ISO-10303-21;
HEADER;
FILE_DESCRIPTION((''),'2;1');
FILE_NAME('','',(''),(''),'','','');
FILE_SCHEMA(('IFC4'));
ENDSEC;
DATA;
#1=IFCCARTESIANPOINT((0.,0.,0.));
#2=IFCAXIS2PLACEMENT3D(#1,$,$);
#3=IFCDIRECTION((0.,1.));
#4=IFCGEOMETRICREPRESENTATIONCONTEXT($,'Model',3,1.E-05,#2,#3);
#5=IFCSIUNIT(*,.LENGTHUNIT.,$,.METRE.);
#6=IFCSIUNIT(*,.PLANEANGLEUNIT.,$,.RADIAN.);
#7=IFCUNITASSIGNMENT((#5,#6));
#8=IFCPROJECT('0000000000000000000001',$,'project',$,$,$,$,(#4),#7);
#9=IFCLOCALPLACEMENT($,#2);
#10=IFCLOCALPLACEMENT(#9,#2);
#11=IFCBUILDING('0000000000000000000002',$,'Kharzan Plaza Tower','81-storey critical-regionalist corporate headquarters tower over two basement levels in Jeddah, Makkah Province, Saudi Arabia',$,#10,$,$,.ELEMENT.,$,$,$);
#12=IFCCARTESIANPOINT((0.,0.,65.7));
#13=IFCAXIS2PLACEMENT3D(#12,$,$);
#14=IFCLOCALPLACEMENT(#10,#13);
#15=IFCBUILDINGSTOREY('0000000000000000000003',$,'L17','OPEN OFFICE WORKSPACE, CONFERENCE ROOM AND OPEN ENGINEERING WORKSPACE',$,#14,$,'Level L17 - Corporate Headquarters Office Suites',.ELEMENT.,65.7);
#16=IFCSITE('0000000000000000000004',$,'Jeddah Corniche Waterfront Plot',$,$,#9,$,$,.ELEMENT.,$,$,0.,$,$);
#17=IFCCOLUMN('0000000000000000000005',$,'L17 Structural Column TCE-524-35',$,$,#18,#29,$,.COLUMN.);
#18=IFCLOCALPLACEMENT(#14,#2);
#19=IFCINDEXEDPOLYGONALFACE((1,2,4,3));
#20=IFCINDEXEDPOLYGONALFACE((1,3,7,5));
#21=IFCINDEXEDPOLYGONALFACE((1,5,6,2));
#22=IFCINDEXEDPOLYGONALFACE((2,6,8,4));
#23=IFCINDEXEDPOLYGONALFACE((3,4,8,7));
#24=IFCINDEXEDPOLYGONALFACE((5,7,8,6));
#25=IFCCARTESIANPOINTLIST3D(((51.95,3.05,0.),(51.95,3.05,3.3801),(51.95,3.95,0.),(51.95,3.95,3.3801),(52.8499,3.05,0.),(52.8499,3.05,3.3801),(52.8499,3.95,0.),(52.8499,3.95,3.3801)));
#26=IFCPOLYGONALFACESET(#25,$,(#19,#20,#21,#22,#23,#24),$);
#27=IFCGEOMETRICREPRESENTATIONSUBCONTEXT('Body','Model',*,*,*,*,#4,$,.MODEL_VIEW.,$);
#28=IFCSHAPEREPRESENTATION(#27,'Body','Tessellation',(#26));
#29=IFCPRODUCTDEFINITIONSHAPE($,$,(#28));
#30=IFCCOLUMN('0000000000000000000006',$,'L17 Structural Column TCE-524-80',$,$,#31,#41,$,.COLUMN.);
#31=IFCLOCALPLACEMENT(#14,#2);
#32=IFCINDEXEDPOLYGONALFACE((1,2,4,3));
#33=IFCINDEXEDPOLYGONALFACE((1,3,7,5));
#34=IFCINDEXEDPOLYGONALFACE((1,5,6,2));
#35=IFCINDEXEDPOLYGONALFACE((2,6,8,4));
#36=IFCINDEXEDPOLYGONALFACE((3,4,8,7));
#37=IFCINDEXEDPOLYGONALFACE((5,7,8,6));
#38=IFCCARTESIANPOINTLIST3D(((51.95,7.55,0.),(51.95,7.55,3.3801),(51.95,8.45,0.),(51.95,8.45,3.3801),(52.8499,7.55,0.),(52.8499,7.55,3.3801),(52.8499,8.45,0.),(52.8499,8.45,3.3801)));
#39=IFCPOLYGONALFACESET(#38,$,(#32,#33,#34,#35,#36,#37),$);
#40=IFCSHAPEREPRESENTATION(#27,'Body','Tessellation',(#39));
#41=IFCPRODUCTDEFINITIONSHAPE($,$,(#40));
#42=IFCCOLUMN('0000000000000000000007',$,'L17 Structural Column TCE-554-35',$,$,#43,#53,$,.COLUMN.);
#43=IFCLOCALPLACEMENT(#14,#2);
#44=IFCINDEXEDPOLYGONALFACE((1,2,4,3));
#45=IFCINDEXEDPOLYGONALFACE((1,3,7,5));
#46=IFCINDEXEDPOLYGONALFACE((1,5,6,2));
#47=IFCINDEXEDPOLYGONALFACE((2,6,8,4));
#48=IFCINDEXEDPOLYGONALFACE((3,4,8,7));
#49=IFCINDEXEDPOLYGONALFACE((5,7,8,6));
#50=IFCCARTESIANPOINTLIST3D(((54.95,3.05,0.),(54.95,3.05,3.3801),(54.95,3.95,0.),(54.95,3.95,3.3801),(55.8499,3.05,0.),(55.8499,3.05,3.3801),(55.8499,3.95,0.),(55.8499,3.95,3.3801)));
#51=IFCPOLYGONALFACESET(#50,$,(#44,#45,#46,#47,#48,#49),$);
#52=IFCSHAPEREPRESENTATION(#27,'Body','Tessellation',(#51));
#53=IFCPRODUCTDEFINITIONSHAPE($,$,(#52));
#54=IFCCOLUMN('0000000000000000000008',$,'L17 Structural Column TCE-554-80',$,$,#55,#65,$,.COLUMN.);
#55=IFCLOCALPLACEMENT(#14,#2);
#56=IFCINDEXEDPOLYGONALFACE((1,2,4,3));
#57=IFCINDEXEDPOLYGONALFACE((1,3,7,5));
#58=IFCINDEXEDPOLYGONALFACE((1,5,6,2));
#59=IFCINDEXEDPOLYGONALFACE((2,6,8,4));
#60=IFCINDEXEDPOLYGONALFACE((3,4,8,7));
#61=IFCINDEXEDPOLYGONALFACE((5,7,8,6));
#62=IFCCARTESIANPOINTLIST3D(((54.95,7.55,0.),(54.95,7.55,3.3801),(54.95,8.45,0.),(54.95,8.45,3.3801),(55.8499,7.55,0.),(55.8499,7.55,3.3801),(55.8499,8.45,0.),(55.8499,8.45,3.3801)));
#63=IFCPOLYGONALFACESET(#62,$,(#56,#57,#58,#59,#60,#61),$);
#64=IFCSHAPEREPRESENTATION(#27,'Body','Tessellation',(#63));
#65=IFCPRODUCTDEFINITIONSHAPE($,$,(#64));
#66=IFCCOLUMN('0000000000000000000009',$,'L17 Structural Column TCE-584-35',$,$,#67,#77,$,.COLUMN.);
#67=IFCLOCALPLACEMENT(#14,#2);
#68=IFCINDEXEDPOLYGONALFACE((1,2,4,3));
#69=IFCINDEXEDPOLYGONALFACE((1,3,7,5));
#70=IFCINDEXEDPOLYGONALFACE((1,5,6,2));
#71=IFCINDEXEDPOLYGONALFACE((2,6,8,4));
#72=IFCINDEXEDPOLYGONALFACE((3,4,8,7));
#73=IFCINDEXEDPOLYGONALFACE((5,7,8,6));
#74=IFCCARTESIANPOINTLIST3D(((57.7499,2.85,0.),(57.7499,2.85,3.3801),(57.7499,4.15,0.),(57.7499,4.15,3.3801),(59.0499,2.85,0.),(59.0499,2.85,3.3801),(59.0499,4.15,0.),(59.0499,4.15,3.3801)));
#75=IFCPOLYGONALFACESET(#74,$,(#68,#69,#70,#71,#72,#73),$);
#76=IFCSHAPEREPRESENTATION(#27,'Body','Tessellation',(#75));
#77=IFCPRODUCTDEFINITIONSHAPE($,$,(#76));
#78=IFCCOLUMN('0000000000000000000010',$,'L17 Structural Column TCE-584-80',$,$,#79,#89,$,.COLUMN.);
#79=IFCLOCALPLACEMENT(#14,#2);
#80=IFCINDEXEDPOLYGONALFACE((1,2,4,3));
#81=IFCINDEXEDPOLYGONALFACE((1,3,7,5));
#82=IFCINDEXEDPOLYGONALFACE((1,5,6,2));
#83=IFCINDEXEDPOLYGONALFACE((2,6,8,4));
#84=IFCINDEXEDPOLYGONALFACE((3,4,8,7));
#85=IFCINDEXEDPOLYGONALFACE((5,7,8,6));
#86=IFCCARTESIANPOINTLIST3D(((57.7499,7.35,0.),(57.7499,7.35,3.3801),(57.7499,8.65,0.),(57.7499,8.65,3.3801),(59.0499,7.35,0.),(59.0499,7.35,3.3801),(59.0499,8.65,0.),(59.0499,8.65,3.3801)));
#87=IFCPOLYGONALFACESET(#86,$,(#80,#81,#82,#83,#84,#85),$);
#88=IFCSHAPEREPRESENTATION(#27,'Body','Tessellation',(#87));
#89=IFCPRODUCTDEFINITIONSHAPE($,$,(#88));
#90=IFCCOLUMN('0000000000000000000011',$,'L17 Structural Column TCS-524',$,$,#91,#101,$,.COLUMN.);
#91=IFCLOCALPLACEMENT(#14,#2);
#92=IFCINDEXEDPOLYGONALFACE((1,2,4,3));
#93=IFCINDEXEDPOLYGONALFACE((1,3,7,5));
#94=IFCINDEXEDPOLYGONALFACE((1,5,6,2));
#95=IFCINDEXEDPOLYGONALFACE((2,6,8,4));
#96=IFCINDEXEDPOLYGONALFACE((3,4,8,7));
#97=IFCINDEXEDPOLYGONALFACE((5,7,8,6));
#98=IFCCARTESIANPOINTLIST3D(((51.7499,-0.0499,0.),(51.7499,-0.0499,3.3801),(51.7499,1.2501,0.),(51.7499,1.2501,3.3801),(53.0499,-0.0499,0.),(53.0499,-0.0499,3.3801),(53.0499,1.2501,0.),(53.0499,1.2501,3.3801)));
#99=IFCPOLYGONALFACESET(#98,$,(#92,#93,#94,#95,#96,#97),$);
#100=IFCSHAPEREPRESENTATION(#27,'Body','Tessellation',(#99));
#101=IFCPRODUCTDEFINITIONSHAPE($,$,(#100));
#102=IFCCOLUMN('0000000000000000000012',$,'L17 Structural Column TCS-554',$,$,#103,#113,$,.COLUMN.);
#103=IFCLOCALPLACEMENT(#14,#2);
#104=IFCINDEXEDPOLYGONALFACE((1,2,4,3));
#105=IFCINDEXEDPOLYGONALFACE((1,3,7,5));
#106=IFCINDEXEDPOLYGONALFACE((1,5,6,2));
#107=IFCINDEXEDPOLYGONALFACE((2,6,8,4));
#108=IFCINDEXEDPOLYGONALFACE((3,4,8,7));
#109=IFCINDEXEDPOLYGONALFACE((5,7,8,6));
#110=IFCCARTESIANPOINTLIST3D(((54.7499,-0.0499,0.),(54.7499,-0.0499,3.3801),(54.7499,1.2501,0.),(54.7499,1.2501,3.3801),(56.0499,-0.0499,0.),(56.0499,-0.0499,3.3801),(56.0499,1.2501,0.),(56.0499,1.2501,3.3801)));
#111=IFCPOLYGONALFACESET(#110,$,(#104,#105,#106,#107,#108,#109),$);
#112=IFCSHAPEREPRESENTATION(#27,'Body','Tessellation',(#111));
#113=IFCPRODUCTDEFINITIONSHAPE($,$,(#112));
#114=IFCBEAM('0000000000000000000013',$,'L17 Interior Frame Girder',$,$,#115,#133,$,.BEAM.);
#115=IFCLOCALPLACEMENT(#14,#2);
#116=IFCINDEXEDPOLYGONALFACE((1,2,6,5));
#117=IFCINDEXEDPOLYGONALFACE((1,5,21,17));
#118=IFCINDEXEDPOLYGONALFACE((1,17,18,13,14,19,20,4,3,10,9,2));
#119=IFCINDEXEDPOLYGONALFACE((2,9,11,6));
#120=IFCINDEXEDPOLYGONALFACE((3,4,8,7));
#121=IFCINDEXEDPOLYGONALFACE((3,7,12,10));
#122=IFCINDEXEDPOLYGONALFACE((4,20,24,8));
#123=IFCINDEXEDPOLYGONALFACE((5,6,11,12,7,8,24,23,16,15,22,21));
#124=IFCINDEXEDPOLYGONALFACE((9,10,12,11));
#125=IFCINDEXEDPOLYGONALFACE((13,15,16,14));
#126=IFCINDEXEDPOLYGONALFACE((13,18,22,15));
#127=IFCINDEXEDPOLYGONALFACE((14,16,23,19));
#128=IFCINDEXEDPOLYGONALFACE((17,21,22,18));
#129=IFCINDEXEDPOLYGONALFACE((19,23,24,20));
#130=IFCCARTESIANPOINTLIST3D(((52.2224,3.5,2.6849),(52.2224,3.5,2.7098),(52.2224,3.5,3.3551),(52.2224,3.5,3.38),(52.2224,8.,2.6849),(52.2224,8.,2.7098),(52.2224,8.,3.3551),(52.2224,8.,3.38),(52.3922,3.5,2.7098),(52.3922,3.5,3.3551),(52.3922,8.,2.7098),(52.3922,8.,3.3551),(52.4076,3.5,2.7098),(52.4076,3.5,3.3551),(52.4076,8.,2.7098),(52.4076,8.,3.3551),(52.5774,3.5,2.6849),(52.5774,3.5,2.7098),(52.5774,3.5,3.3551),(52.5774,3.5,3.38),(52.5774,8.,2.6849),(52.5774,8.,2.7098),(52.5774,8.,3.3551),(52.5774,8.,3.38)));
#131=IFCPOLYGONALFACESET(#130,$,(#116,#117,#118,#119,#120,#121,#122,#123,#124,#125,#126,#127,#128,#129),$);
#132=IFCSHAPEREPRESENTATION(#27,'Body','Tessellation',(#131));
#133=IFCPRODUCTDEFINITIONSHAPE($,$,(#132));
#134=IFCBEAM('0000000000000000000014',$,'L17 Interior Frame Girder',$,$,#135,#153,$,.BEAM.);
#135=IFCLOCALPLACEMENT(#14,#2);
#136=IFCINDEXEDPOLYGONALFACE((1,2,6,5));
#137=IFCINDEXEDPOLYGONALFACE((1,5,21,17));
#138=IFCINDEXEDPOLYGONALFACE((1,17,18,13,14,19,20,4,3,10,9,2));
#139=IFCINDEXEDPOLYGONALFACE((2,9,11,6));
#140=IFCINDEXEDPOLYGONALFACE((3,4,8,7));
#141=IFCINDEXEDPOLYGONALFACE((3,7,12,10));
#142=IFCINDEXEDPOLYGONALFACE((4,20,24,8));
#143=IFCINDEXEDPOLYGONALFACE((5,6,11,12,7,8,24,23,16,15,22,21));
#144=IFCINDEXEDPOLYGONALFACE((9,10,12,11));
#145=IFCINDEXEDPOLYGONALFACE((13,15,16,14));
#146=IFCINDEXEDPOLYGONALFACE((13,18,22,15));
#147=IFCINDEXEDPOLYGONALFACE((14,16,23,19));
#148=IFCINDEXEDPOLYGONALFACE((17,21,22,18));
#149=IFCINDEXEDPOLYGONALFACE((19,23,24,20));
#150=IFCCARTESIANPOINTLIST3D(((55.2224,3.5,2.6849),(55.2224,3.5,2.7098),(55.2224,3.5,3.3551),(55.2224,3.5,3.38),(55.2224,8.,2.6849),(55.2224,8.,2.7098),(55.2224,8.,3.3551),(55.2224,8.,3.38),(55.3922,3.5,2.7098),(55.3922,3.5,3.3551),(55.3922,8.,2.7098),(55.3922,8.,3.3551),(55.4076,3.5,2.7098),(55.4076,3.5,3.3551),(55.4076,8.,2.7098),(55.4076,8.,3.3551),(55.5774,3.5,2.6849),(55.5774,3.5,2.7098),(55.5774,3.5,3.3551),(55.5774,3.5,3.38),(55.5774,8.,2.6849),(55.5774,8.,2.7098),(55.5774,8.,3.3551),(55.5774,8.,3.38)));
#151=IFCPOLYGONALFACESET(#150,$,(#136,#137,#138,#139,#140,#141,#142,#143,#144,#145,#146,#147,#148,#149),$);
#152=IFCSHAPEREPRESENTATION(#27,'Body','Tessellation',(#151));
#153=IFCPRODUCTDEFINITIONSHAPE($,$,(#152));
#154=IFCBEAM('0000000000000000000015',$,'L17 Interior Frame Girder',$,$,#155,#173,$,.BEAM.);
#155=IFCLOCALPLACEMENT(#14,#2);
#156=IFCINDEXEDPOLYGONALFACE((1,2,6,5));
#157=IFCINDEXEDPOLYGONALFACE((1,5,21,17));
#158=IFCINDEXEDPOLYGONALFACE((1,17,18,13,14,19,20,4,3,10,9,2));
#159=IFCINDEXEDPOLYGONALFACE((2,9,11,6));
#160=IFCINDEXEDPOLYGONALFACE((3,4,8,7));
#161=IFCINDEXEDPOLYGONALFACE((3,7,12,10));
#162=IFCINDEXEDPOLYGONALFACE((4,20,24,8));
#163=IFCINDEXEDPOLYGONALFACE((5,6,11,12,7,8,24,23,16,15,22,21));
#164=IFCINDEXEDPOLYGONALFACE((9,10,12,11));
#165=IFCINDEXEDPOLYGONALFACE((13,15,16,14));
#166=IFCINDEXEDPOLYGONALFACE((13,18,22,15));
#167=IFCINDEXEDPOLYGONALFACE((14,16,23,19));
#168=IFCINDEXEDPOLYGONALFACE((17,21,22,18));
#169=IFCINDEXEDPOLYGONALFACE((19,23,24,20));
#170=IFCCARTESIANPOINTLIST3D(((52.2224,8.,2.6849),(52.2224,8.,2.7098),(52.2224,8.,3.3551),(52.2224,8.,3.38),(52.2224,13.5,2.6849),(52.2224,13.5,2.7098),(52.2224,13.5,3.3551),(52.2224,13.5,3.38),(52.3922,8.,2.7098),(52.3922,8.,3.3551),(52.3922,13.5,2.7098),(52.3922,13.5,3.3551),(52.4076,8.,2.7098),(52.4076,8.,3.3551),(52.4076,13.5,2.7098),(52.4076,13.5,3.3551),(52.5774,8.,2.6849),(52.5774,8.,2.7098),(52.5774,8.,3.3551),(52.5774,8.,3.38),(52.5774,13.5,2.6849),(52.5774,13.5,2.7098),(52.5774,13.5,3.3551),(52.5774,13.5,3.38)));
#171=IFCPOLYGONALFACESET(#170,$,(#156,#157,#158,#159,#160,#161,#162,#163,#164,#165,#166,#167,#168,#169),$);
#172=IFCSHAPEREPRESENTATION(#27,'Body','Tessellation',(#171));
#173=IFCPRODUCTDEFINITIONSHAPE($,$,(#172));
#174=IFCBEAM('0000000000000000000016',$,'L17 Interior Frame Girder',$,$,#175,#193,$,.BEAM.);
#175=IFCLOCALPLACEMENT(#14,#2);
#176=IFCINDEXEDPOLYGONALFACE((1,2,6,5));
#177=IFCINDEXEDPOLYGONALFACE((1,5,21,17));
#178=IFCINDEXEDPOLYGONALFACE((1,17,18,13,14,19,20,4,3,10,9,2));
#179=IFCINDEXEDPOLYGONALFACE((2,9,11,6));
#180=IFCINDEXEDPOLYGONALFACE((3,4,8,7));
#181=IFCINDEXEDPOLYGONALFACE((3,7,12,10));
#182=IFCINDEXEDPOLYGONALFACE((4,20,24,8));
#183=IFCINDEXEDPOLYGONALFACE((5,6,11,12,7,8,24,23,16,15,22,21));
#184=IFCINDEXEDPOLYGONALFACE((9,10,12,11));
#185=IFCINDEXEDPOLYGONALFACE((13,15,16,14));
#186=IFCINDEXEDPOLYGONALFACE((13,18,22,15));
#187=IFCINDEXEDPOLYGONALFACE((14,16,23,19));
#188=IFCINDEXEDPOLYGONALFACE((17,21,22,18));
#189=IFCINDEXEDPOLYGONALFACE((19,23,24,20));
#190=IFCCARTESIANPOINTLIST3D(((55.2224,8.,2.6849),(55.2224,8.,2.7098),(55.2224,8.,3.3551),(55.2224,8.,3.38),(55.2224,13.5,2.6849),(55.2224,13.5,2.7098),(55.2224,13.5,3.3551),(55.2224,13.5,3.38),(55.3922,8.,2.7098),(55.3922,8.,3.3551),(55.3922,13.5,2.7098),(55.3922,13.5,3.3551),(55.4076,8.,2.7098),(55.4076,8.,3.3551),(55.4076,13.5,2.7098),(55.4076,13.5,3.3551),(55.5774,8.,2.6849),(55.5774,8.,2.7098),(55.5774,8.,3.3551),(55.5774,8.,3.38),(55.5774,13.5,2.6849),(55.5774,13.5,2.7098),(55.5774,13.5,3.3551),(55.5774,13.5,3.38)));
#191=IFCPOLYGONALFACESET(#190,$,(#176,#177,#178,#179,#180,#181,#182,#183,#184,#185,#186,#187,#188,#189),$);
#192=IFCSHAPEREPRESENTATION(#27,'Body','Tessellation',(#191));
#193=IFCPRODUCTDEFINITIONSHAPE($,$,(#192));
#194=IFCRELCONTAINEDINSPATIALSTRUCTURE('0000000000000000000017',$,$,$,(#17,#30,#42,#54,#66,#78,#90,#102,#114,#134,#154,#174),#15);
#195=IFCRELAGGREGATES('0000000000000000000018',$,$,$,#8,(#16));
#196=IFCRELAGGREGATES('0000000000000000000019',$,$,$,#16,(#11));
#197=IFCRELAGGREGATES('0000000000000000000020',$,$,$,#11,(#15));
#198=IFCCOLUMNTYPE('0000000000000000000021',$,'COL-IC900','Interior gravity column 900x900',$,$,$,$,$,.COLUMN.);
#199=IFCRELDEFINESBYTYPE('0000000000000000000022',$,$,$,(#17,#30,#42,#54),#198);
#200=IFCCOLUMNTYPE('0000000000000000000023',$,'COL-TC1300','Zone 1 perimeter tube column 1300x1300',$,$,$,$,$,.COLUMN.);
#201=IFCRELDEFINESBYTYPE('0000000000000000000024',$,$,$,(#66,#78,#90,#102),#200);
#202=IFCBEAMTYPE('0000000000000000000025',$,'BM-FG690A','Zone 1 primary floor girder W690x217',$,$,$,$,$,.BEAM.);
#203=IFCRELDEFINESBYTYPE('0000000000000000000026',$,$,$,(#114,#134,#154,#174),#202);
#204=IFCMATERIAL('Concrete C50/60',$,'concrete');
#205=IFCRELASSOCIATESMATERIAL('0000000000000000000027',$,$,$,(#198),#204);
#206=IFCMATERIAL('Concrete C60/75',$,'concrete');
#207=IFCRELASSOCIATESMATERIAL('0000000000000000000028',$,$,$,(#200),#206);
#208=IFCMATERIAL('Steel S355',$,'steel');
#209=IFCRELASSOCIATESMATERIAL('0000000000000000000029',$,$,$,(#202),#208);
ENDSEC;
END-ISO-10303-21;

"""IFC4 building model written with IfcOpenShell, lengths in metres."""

from ifc_helpers import new_model, si_unit, direction, frame, origin, origin_2d, place, context, subcontext, project, spatial, rectangle, i_section, extrude, source, transform, mapped, material, material_profile, profile_set, type_object, element, save


model = new_model("IFC4")

# Units and contexts
model_context = context("Model", 3, precision=1e-05, world=origin(), true_north=direction((0.0, 1.0)))
body_context = subcontext(model_context, "Body", "Model", "MODEL_VIEW")
ifc_project = project(units=[si_unit("LENGTHUNIT", "METRE"), si_unit("PLANEANGLEUNIT", "RADIAN")], contexts=[model_context])

# Site, building, storey
site_placement = place(None, origin())
site = spatial("IfcSite", under=ifc_project, at=site_placement, Name="Jeddah Corniche Waterfront Plot", CompositionType="ELEMENT", RefElevation=0.0)
building_placement = place(site_placement, origin())
building = spatial("IfcBuilding", under=site, at=building_placement, Name="Kharzan Plaza Tower", Description="81-storey critical-regionalist corporate headquarters tower over two basement levels in Jeddah, Makkah Province, Saudi Arabia", CompositionType="ELEMENT")
storey_placement = place(building_placement, frame((0.0, 0.0, 65.7)))
storey = spatial("IfcBuildingStorey", under=building, at=storey_placement, Name="L17", Description="OPEN OFFICE WORKSPACE, CONFERENCE ROOM AND OPEN ENGINEERING WORKSPACE", LongName="Level L17 - Corporate Headquarters Office Suites", CompositionType="ELEMENT", Elevation=65.7)

# Columns
ifc_material_1 = material(Name="Concrete C50/60", Category="concrete")
ifc_material_profile_1 = material_profile(ifc_material_1, rectangle(XDim=0.8999, YDim=0.8999, at=origin_2d()), Name="RC-IC900x900")
ifc_profile_set_1 = profile_set([ifc_material_profile_1], Name="Concrete C50/60")
column_type_1 = type_object("IfcColumnType", Name="COL-IC900", Description="Interior gravity column 900x900", PredefinedType="COLUMN", material=ifc_profile_set_1)
shared_shape_1 = source(origin(), body_context, "Body", "SweptSolid", [
    extrude(rectangle(XDim=0.8999, YDim=0.8999, at=origin_2d()), origin(), (0.0, 0.0, 1.0), 3.3801),
])
for number, where, z_axis, x_axis, name in (
    (1, (52.3999, 3.5, 0.0), (0.0, 0.0, 1.0), (1.0, 0.0, 0.0), "L17 Structural Column TCE-524-35"),
    (2, (52.3999, 8.0, 0.0), (0.0, 0.0, 1.0), (1.0, 0.0, 0.0), "L17 Structural Column TCE-524-80"),
    (3, (55.3999, 3.5, 0.0), (0.0, 0.0, 1.0), (1.0, 0.0, 0.0), "L17 Structural Column TCE-554-35"),
    (4, (55.3999, 8.0, 0.0), (0.0, 0.0, 1.0), (1.0, 0.0, 0.0), "L17 Structural Column TCE-554-80"),
):
    element("IfcColumn", number, at=place(storey_placement, frame(where, z_axis=z_axis, x_axis=x_axis)), inside=storey, type_object=column_type_1, Name=name, PredefinedType="COLUMN", context=body_context, shape_type="MappedRepresentation", body=[
        mapped(shared_shape_1, transform((0.0, 0.0, 0.0), x_axis=(1.0, 0.0, 0.0), y_axis=(0.0, 1.0, 0.0), z_axis=(0.0, 0.0, 1.0))),
    ])
ifc_material_2 = material(Name="Concrete C60/75", Category="concrete")
ifc_material_profile_2 = material_profile(ifc_material_2, rectangle(XDim=1.3, YDim=1.3, at=origin_2d()), Name="RC-TC1300x1300")
ifc_profile_set_2 = profile_set([ifc_material_profile_2], Name="Concrete C60/75")
column_type_2 = type_object("IfcColumnType", Name="COL-TC1300", Description="Zone 1 perimeter tube column 1300x1300", PredefinedType="COLUMN", material=ifc_profile_set_2)
shared_shape_2 = source(origin(), body_context, "Body", "SweptSolid", [
    extrude(rectangle(XDim=1.3, YDim=1.3, at=origin_2d()), origin(), (0.0, 0.0, 1.0), 3.3801),
])
for number, where, z_axis, x_axis, name in (
    (5, (58.3999, 3.5, 0.0), (0.0, 0.0, 1.0), (1.0, 0.0, 0.0), "L17 Structural Column TCE-584-35"),
    (6, (58.3999, 8.0, 0.0), (0.0, 0.0, 1.0), (1.0, 0.0, 0.0), "L17 Structural Column TCE-584-80"),
    (7, (52.3999, 0.6001, 0.0), (0.0, 0.0, 1.0), (1.0, 0.0, 0.0), "L17 Structural Column TCS-524"),
    (8, (55.3999, 0.6001, 0.0), (0.0, 0.0, 1.0), (1.0, 0.0, 0.0), "L17 Structural Column TCS-554"),
):
    element("IfcColumn", number, at=place(storey_placement, frame(where, z_axis=z_axis, x_axis=x_axis)), inside=storey, type_object=column_type_2, Name=name, PredefinedType="COLUMN", context=body_context, shape_type="MappedRepresentation", body=[
        mapped(shared_shape_2, transform((0.0, 0.0, 0.0), x_axis=(1.0, 0.0, 0.0), y_axis=(0.0, 1.0, 0.0), z_axis=(0.0, 0.0, 1.0))),
    ])

# Beams
ifc_material_3 = material(Name="Steel S355", Category="steel")
ifc_material_profile_3 = material_profile(ifc_material_3, i_section(OverallWidth=0.355, OverallDepth=0.6951, WebThickness=0.0154, FlangeThickness=0.0249, at=origin_2d()), Name="W690x217")
ifc_profile_set_3 = profile_set([ifc_material_profile_3], Name="Steel S355")
beam_type_1 = type_object("IfcBeamType", Name="BM-FG690A", Description="Zone 1 primary floor girder W690x217", PredefinedType="BEAM", material=ifc_profile_set_3)
shared_shape_3 = source(origin(), body_context, "Body", "SweptSolid", [
    extrude(i_section(OverallWidth=0.355, OverallDepth=0.6951, WebThickness=0.0154, FlangeThickness=0.0249, at=origin_2d()), origin(), (0.0, 0.0, 1.0), 4.5),
])
for number, where, z_axis, x_axis, name in (
    (9, (52.3999, 3.5, 3.0325), (0.0, 1.0, 0.0), (-1.0, 0.0, 0.0), "L17 Interior Frame Girder"),
    (10, (55.3999, 3.5, 3.0325), (0.0, 1.0, 0.0), (-1.0, 0.0, 0.0), "L17 Interior Frame Girder"),
):
    element("IfcBeam", number, at=place(storey_placement, frame(where, z_axis=z_axis, x_axis=x_axis)), inside=storey, type_object=beam_type_1, Name=name, PredefinedType="BEAM", context=body_context, shape_type="MappedRepresentation", body=[
        mapped(shared_shape_3, transform((0.0, 0.0, 0.0), x_axis=(1.0, 0.0, 0.0), y_axis=(0.0, 1.0, 0.0), z_axis=(0.0, 0.0, 1.0))),
    ])
shared_shape_4 = source(origin(), body_context, "Body", "SweptSolid", [
    extrude(i_section(OverallWidth=0.355, OverallDepth=0.6951, WebThickness=0.0154, FlangeThickness=0.0249, at=origin_2d()), origin(), (0.0, 0.0, 1.0), 5.5),
])
for number, where, z_axis, x_axis, name in (
    (11, (52.3999, 8.0, 3.0325), (0.0, 1.0, 0.0), (-1.0, 0.0, 0.0), "L17 Interior Frame Girder"),
    (12, (55.3999, 8.0, 3.0325), (0.0, 1.0, 0.0), (-1.0, 0.0, 0.0), "L17 Interior Frame Girder"),
):
    element("IfcBeam", number, at=place(storey_placement, frame(where, z_axis=z_axis, x_axis=x_axis)), inside=storey, type_object=beam_type_1, Name=name, PredefinedType="BEAM", context=body_context, shape_type="MappedRepresentation", body=[
        mapped(shared_shape_4, transform((0.0, 0.0, 0.0), x_axis=(1.0, 0.0, 0.0), y_axis=(0.0, 1.0, 0.0), z_axis=(0.0, 0.0, 1.0))),
    ])

save(model, "model.ifc")
